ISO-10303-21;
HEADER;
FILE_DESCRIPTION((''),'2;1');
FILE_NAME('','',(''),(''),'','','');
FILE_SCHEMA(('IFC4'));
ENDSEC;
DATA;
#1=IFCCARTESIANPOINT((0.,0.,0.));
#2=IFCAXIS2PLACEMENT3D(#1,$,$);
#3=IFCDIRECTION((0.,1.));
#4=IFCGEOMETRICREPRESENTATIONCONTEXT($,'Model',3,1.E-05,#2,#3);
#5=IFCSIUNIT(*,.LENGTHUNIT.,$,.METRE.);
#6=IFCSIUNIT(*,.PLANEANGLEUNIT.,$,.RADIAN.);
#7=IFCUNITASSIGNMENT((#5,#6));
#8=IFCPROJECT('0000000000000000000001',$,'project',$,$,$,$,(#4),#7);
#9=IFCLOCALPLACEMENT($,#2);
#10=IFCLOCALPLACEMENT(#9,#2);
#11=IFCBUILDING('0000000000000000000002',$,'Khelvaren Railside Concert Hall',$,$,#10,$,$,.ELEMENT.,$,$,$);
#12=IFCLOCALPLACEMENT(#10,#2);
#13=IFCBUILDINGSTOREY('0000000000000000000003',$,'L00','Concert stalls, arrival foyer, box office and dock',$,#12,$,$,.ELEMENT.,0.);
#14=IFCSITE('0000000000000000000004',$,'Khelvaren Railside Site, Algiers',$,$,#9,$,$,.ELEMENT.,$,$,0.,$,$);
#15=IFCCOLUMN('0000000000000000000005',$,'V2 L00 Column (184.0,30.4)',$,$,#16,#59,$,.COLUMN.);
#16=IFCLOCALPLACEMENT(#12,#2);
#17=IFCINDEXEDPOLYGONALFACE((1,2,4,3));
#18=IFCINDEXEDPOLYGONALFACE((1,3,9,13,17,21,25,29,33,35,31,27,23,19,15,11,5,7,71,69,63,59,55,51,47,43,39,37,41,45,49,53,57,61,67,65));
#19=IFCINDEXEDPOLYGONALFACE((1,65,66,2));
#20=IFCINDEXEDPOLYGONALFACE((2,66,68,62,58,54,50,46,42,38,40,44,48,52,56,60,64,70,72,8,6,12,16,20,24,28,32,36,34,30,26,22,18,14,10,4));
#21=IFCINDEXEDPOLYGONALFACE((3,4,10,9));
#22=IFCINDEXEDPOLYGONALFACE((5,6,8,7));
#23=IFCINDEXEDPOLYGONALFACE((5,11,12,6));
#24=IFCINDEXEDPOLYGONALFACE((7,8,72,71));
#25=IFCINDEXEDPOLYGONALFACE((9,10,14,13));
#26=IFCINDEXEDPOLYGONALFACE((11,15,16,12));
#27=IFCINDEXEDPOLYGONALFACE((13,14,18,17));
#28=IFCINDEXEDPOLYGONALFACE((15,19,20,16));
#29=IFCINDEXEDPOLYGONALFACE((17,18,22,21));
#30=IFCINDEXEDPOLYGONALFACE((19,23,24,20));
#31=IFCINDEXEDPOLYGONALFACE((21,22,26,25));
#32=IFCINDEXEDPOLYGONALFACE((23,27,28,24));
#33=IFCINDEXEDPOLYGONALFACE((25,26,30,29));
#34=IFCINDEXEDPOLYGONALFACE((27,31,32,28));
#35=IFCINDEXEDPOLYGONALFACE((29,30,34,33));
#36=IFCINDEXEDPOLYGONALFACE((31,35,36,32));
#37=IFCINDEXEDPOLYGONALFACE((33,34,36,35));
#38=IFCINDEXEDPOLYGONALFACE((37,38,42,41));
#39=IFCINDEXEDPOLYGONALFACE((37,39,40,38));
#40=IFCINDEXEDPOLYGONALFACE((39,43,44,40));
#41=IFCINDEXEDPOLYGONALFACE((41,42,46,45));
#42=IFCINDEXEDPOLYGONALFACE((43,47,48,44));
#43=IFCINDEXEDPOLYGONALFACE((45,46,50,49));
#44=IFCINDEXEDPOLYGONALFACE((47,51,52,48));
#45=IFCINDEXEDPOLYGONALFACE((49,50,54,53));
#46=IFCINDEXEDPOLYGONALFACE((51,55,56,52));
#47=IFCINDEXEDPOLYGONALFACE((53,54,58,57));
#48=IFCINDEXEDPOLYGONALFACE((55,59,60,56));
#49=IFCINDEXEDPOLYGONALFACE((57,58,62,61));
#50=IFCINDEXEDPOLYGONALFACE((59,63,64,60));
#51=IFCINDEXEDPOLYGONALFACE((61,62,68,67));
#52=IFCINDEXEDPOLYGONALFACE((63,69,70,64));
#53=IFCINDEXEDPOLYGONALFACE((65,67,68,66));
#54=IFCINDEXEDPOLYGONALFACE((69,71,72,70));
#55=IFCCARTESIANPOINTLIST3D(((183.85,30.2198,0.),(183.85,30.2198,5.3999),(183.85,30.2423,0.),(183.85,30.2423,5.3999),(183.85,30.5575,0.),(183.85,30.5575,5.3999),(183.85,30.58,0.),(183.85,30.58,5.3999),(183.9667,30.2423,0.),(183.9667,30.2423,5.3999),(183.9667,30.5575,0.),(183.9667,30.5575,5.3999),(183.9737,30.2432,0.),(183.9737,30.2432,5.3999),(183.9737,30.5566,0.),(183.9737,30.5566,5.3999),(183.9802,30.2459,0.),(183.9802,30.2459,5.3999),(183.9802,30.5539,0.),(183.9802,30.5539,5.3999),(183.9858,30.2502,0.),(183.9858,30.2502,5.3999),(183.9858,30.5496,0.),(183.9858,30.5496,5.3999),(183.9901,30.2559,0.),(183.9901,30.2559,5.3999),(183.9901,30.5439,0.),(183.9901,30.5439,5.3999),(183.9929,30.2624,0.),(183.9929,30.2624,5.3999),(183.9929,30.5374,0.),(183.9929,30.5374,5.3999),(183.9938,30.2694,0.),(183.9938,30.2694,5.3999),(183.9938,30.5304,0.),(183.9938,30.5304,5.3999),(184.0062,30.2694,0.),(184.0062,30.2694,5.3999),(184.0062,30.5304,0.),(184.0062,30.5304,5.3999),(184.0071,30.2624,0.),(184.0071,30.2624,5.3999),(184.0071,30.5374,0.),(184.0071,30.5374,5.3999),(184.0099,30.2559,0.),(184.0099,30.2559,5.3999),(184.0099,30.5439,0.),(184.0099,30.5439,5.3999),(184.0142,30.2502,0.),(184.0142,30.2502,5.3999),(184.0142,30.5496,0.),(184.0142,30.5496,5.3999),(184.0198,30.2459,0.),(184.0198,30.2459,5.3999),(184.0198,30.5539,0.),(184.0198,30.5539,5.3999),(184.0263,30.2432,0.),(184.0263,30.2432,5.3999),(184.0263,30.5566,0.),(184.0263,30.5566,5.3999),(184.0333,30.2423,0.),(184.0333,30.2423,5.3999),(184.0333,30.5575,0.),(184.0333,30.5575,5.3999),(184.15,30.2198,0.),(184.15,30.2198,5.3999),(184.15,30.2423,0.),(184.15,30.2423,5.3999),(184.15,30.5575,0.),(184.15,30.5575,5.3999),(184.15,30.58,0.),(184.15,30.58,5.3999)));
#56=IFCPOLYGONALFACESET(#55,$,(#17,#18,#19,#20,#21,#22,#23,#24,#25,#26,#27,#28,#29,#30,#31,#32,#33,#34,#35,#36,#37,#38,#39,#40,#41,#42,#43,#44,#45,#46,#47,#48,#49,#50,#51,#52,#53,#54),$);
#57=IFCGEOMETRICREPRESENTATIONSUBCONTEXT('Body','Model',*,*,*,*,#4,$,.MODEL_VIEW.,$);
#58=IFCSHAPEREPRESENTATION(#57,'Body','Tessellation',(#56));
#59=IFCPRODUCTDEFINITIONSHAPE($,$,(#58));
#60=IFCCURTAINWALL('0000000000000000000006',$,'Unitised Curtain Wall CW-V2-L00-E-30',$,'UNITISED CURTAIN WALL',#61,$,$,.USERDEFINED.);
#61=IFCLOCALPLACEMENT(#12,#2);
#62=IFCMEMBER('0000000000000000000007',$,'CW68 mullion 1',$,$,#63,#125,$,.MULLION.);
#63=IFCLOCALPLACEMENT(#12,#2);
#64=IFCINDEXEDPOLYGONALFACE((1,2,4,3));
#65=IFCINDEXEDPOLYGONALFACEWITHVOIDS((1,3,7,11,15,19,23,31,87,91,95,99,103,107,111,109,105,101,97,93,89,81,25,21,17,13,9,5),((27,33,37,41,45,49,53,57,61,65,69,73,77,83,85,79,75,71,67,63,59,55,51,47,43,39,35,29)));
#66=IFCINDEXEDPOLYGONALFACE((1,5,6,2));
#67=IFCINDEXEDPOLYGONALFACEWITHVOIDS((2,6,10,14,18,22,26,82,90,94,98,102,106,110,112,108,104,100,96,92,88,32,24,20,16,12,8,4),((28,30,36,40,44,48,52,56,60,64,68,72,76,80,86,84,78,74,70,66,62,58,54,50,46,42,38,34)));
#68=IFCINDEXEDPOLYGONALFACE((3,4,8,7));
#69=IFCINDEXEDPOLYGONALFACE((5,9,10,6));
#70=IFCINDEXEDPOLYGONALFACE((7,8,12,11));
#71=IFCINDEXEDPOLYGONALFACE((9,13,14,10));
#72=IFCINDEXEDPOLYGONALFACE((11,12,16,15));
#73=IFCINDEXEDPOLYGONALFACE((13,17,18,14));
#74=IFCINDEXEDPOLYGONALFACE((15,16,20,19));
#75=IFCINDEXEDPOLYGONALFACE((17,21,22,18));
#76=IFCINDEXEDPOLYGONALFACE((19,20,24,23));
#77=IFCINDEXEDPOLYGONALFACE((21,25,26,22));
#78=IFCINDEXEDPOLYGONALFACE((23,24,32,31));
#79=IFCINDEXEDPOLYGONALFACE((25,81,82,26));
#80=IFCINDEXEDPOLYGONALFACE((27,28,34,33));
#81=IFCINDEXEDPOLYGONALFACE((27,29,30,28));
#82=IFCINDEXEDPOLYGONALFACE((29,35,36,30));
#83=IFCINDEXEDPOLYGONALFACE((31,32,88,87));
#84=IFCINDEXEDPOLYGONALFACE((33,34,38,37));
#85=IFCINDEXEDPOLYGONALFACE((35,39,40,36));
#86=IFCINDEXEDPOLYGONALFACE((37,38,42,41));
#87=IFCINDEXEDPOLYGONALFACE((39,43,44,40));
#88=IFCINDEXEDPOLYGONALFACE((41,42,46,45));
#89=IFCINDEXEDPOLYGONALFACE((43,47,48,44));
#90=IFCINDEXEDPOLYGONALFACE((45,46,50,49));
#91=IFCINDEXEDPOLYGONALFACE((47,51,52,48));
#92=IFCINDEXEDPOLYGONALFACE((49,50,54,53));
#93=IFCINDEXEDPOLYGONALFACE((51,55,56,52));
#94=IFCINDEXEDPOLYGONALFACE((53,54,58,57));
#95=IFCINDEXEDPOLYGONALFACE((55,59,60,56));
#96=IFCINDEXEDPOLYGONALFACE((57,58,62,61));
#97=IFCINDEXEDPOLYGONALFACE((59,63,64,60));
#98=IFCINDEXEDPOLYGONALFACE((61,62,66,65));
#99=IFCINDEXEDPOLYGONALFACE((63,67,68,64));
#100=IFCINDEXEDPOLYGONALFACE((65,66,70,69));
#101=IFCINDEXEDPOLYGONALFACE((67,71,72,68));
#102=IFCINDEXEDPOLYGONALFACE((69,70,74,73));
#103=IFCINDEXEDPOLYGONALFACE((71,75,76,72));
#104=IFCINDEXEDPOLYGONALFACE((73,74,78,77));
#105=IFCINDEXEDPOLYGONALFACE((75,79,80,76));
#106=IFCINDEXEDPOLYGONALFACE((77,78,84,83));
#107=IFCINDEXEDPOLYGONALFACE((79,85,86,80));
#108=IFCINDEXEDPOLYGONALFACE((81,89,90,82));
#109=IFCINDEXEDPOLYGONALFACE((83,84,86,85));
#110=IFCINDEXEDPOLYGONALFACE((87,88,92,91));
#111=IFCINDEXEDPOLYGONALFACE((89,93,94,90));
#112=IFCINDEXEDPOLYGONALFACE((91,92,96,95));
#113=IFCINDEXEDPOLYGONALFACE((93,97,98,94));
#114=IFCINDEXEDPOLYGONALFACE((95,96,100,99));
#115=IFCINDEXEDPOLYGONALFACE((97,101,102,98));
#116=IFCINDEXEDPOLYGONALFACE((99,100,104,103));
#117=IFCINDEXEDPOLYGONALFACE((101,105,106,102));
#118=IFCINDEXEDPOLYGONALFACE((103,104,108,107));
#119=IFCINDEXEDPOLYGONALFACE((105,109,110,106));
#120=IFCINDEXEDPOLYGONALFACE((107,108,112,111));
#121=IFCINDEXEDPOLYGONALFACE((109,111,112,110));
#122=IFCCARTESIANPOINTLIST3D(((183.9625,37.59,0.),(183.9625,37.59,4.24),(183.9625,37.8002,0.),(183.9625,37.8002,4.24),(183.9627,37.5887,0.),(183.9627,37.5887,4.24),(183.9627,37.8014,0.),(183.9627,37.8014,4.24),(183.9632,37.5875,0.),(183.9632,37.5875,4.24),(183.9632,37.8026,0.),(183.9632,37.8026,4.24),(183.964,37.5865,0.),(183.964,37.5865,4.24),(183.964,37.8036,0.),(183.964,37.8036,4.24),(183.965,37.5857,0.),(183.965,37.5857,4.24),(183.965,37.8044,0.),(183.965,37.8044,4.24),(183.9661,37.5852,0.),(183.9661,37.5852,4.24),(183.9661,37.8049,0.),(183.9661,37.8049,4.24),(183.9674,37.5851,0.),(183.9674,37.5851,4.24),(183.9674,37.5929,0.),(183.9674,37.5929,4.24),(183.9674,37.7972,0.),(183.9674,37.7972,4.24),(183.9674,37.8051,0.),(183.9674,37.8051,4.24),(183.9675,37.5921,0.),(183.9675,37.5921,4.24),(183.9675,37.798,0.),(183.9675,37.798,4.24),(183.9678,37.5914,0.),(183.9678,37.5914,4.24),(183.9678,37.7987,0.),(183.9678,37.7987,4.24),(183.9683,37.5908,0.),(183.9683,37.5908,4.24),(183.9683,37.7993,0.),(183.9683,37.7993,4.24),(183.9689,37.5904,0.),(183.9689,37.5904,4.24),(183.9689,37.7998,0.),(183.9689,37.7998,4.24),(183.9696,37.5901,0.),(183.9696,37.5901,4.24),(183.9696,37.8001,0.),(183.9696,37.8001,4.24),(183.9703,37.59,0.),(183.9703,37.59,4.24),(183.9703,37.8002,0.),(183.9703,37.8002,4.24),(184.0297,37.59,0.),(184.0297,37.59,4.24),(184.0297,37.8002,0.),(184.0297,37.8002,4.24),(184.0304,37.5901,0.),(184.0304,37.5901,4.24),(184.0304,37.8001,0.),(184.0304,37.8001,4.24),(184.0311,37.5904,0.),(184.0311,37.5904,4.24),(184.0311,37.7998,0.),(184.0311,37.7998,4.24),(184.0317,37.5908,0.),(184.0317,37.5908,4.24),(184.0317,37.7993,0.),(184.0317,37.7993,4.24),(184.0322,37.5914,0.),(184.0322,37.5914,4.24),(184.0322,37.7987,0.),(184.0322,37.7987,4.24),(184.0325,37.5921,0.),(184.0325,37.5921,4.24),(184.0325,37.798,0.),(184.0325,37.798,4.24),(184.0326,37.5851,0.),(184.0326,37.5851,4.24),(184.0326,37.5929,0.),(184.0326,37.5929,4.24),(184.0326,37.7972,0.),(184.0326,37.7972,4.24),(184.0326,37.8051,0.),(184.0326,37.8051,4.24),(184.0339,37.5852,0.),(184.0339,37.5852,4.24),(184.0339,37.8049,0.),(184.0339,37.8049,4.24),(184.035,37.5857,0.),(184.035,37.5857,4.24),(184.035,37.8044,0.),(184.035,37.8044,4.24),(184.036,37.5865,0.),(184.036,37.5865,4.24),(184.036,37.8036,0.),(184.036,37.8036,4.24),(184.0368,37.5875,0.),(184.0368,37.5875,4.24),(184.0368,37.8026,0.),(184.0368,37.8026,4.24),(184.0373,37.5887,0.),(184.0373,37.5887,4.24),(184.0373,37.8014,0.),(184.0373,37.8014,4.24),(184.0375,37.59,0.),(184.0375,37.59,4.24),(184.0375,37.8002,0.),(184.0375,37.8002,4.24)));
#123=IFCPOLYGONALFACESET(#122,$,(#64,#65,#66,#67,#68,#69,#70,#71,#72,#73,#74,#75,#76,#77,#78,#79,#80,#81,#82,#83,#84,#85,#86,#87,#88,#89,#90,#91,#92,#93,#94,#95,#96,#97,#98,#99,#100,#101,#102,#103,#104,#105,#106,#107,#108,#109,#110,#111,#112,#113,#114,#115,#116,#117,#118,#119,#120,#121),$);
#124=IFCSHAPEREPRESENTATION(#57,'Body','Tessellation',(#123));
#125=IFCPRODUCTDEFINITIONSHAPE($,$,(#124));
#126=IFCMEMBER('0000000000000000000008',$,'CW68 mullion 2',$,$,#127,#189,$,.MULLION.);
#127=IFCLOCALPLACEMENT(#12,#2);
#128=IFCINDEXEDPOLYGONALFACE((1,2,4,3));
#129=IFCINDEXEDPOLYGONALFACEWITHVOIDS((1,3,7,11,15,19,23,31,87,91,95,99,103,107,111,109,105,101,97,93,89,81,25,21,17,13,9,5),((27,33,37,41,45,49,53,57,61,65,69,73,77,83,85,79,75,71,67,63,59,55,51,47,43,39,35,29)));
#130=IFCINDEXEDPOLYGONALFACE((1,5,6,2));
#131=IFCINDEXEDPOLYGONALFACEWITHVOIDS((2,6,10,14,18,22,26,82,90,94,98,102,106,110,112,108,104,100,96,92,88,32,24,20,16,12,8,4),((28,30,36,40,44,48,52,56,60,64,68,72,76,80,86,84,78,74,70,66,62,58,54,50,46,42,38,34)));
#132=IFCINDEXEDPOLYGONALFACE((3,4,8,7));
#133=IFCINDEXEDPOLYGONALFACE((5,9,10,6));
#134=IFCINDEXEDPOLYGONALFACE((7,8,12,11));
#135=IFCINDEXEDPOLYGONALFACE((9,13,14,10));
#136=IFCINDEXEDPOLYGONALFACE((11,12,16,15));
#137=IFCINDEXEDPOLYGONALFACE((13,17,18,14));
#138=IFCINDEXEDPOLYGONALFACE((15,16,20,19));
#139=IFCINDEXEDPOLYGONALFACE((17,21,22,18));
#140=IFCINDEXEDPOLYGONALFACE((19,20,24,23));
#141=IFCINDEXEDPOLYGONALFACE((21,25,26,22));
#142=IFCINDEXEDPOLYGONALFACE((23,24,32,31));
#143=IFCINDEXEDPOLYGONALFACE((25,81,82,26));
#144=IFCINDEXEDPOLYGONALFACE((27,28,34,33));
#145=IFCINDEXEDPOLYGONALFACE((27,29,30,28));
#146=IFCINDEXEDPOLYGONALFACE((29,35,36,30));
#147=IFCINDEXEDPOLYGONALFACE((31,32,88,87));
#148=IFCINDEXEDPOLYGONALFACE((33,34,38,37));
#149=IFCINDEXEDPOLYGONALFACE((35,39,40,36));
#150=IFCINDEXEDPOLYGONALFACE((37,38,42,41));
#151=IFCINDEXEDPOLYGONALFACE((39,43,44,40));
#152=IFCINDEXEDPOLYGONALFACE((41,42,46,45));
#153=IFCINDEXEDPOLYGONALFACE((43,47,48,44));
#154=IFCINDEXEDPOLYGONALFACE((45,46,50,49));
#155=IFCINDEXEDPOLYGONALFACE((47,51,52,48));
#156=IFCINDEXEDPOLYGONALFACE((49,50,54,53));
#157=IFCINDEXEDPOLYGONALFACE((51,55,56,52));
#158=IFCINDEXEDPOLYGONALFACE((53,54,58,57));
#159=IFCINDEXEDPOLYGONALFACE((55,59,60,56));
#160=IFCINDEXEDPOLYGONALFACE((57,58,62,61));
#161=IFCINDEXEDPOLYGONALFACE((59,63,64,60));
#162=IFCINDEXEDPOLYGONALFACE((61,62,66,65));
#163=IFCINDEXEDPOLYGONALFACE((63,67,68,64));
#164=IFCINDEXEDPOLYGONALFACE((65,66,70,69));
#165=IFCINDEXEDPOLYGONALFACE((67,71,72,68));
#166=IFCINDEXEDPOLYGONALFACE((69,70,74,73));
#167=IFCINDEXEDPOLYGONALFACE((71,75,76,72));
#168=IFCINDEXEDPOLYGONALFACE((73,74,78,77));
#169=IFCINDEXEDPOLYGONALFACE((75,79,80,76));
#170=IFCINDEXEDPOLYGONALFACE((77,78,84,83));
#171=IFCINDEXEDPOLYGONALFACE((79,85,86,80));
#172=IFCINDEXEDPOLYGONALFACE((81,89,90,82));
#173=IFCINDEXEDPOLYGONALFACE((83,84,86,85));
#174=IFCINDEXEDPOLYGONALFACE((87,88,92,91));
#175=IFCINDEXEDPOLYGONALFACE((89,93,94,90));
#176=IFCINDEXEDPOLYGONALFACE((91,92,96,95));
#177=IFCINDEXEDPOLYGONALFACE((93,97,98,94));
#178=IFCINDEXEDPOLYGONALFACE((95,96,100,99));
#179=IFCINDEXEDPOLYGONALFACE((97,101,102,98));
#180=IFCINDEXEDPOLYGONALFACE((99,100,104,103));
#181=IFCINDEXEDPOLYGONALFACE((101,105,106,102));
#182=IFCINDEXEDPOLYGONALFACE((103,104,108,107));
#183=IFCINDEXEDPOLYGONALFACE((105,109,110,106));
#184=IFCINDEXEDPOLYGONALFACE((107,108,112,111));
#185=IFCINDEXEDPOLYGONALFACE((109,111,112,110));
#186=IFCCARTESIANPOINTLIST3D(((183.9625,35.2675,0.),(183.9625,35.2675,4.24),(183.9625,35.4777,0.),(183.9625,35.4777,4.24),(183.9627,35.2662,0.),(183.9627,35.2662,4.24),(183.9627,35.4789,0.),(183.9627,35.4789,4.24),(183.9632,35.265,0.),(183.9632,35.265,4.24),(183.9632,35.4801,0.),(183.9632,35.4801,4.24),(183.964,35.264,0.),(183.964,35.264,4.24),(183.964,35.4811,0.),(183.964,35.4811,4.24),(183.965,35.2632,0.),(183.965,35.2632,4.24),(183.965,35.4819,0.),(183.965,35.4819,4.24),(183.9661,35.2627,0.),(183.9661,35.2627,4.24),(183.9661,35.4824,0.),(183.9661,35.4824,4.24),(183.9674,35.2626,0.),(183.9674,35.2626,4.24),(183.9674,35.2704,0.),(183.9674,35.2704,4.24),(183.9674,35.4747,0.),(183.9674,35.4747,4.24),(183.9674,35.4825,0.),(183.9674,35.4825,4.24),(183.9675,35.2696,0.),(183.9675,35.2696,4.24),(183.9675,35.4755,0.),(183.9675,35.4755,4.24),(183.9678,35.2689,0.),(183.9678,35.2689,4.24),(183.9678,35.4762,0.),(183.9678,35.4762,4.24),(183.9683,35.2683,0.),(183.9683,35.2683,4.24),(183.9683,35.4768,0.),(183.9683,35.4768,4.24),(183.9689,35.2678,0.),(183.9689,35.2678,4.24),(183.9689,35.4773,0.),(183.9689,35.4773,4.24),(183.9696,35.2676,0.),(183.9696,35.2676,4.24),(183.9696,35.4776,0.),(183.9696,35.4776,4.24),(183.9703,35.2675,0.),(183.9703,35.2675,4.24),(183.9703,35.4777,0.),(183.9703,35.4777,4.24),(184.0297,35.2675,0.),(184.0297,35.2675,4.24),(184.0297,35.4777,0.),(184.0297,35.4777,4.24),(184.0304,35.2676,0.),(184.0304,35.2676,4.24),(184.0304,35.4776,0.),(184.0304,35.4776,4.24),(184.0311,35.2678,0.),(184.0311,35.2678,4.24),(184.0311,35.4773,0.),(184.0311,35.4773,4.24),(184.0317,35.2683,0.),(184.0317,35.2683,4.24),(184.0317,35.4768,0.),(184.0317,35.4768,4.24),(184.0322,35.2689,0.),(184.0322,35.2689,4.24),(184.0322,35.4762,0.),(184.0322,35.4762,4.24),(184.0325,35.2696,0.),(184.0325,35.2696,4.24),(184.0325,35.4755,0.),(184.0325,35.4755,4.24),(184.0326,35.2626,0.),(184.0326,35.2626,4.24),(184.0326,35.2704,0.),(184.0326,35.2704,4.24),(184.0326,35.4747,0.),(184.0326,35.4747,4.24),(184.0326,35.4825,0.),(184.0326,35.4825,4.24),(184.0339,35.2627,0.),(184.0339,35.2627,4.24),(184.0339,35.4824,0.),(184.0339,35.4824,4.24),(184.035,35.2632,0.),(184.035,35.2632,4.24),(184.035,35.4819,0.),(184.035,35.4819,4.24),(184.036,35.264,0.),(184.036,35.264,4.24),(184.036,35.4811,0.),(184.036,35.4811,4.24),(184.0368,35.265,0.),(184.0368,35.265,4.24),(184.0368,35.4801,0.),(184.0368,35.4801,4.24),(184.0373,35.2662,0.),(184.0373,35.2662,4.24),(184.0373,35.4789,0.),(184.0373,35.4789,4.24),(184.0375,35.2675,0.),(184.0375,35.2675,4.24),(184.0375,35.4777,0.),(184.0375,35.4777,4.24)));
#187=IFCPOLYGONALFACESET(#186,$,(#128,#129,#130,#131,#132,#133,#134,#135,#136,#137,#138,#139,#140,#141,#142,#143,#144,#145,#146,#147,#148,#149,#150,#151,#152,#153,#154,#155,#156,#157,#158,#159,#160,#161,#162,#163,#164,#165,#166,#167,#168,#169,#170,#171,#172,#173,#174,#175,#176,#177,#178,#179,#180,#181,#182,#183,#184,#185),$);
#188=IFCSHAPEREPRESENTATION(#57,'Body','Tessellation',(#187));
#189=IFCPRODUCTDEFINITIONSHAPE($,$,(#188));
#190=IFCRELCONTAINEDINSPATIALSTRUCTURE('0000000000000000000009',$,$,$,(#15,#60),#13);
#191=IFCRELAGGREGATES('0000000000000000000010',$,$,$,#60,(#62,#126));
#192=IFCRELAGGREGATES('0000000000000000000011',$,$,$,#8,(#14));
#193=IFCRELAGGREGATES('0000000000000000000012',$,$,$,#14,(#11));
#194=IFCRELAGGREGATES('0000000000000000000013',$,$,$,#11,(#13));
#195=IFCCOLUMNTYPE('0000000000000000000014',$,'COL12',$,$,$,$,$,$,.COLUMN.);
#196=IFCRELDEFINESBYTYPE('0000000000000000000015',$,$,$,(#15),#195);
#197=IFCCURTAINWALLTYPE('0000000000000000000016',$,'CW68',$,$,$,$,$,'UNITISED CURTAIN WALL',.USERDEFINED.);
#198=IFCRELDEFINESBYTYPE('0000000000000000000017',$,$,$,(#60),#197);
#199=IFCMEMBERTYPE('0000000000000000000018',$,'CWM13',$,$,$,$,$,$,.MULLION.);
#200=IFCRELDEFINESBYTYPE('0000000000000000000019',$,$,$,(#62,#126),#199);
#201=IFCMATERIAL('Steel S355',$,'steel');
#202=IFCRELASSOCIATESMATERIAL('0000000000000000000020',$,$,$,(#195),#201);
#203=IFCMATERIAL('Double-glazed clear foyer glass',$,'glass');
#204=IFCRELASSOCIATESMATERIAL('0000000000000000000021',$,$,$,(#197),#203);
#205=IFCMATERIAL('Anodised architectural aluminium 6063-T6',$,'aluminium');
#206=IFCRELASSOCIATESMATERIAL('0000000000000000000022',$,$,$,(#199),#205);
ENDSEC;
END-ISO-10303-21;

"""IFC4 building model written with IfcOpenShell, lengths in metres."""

from ifc_helpers import new_model, si_unit, direction, frame, origin, origin_2d, place, context, subcontext, project, spatial, hollow_rectangle, i_section, extrude, material, material_profile, profile_set, type_object, element, aggregate, save


model = new_model("IFC4")

# Units and contexts
model_context = context("Model", 3, precision=1e-05, world=origin(), true_north=direction((0.0, 1.0)))
body_context = subcontext(model_context, "Body", "Model", "MODEL_VIEW")
ifc_project = project(units=[si_unit("LENGTHUNIT", "METRE"), si_unit("PLANEANGLEUNIT", "RADIAN")], contexts=[model_context])

# Site, building, storey
site_placement = place(None, origin())
site = spatial("IfcSite", under=ifc_project, at=site_placement, Name="Khelvaren Railside Site, Algiers", CompositionType="ELEMENT", RefElevation=0.0)
building_placement = place(site_placement, origin())
building = spatial("IfcBuilding", under=site, at=building_placement, Name="Khelvaren Railside Concert Hall", CompositionType="ELEMENT")
storey_placement = place(building_placement, origin())
storey = spatial("IfcBuildingStorey", under=building, at=storey_placement, Name="L00", Description="Concert stalls, arrival foyer, box office and dock", CompositionType="ELEMENT", Elevation=0.0)

# Column
ifc_material_1 = material(Name="Steel S355", Category="steel")
ifc_material_profile_1 = material_profile(ifc_material_1, i_section(OverallWidth=0.3, OverallDepth=0.3601, WebThickness=0.0125, FlangeThickness=0.0225, FilletRadius=0.0271, at=origin_2d()), Name="HEB 360")
ifc_profile_set_1 = profile_set([ifc_material_profile_1], Name="Steel S355")
column_type = type_object("IfcColumnType", Name="COL12", PredefinedType="COLUMN", material=ifc_profile_set_1)
column_placement = place(storey_placement, frame((184.0, 30.3999, 0.0), z_axis=(0.0, 0.0, 1.0), x_axis=(1.0, 0.0, 0.0)))
element("IfcColumn", 1, at=column_placement, inside=storey, type_object=column_type, Name="V2 L00 Column (184.0,30.4)", PredefinedType="COLUMN", context=body_context, shape_type="SweptSolid", body=[
    extrude(i_section(OverallWidth=0.3, OverallDepth=0.3601, WebThickness=0.0125, FlangeThickness=0.0225, FilletRadius=0.0271, at=origin_2d()), origin(), (0.0, 0.0, 1.0), 5.3999),
])

# Curtain wall, members
ifc_material_2 = material(Name="Double-glazed clear foyer glass", Category="glass")
curtain_wall_type_1 = type_object("IfcCurtainWallType", Name="CW68", ElementType="UNITISED CURTAIN WALL", PredefinedType="USERDEFINED", material=ifc_material_2)
curtain_wall_1_placement = place(storey_placement, origin())
curtain_wall_1 = element("IfcCurtainWall", 2, at=curtain_wall_1_placement, inside=storey, type_object=curtain_wall_type_1, Name="Unitised Curtain Wall CW-V2-L00-E-30", ObjectType="UNITISED CURTAIN WALL", PredefinedType="USERDEFINED")
ifc_material_3 = material(Name="Anodised architectural aluminium 6063-T6", Category="aluminium")
ifc_material_profile_2 = material_profile(ifc_material_3, hollow_rectangle(XDim=0.075, YDim=0.22, WallThickness=0.0049, InnerFilletRadius=0.0029, OuterFilletRadius=0.0049, at=origin_2d()), Name="CWM 75x220x5")
ifc_profile_set_2 = profile_set([ifc_material_profile_2], Name="Anodised architectural aluminium 6063-T6")
member_type_1 = type_object("IfcMemberType", Name="CWM13", PredefinedType="MULLION", material=ifc_profile_set_2)
member_1_placement = place(storey_placement, frame((184.0, 37.6951, 0.0), z_axis=(0.0, 0.0, 1.0), x_axis=(1.0, 0.0, 0.0)))
member_1 = element("IfcMember", 3, at=member_1_placement, type_object=member_type_1, Name="CW68 mullion 1", PredefinedType="MULLION", context=body_context, shape_type="SweptSolid", body=[
    extrude(hollow_rectangle(XDim=0.075, YDim=0.22, WallThickness=0.0049, InnerFilletRadius=0.0029, OuterFilletRadius=0.0049, at=origin_2d()), origin(), (0.0, 0.0, 1.0), 4.24),
])
member_2_placement = place(storey_placement, frame((184.0, 35.3726, 0.0), z_axis=(0.0, 0.0, 1.0), x_axis=(1.0, 0.0, 0.0)))
member_2 = element("IfcMember", 4, at=member_2_placement, type_object=member_type_1, Name="CW68 mullion 2", PredefinedType="MULLION", context=body_context, shape_type="SweptSolid", body=[
    extrude(hollow_rectangle(XDim=0.075, YDim=0.22, WallThickness=0.0049, InnerFilletRadius=0.0029, OuterFilletRadius=0.0049, at=origin_2d()), origin(), (0.0, 0.0, 1.0), 4.24),
])

aggregate(curtain_wall_1, [member_1, member_2])

save(model, "model.ifc")
